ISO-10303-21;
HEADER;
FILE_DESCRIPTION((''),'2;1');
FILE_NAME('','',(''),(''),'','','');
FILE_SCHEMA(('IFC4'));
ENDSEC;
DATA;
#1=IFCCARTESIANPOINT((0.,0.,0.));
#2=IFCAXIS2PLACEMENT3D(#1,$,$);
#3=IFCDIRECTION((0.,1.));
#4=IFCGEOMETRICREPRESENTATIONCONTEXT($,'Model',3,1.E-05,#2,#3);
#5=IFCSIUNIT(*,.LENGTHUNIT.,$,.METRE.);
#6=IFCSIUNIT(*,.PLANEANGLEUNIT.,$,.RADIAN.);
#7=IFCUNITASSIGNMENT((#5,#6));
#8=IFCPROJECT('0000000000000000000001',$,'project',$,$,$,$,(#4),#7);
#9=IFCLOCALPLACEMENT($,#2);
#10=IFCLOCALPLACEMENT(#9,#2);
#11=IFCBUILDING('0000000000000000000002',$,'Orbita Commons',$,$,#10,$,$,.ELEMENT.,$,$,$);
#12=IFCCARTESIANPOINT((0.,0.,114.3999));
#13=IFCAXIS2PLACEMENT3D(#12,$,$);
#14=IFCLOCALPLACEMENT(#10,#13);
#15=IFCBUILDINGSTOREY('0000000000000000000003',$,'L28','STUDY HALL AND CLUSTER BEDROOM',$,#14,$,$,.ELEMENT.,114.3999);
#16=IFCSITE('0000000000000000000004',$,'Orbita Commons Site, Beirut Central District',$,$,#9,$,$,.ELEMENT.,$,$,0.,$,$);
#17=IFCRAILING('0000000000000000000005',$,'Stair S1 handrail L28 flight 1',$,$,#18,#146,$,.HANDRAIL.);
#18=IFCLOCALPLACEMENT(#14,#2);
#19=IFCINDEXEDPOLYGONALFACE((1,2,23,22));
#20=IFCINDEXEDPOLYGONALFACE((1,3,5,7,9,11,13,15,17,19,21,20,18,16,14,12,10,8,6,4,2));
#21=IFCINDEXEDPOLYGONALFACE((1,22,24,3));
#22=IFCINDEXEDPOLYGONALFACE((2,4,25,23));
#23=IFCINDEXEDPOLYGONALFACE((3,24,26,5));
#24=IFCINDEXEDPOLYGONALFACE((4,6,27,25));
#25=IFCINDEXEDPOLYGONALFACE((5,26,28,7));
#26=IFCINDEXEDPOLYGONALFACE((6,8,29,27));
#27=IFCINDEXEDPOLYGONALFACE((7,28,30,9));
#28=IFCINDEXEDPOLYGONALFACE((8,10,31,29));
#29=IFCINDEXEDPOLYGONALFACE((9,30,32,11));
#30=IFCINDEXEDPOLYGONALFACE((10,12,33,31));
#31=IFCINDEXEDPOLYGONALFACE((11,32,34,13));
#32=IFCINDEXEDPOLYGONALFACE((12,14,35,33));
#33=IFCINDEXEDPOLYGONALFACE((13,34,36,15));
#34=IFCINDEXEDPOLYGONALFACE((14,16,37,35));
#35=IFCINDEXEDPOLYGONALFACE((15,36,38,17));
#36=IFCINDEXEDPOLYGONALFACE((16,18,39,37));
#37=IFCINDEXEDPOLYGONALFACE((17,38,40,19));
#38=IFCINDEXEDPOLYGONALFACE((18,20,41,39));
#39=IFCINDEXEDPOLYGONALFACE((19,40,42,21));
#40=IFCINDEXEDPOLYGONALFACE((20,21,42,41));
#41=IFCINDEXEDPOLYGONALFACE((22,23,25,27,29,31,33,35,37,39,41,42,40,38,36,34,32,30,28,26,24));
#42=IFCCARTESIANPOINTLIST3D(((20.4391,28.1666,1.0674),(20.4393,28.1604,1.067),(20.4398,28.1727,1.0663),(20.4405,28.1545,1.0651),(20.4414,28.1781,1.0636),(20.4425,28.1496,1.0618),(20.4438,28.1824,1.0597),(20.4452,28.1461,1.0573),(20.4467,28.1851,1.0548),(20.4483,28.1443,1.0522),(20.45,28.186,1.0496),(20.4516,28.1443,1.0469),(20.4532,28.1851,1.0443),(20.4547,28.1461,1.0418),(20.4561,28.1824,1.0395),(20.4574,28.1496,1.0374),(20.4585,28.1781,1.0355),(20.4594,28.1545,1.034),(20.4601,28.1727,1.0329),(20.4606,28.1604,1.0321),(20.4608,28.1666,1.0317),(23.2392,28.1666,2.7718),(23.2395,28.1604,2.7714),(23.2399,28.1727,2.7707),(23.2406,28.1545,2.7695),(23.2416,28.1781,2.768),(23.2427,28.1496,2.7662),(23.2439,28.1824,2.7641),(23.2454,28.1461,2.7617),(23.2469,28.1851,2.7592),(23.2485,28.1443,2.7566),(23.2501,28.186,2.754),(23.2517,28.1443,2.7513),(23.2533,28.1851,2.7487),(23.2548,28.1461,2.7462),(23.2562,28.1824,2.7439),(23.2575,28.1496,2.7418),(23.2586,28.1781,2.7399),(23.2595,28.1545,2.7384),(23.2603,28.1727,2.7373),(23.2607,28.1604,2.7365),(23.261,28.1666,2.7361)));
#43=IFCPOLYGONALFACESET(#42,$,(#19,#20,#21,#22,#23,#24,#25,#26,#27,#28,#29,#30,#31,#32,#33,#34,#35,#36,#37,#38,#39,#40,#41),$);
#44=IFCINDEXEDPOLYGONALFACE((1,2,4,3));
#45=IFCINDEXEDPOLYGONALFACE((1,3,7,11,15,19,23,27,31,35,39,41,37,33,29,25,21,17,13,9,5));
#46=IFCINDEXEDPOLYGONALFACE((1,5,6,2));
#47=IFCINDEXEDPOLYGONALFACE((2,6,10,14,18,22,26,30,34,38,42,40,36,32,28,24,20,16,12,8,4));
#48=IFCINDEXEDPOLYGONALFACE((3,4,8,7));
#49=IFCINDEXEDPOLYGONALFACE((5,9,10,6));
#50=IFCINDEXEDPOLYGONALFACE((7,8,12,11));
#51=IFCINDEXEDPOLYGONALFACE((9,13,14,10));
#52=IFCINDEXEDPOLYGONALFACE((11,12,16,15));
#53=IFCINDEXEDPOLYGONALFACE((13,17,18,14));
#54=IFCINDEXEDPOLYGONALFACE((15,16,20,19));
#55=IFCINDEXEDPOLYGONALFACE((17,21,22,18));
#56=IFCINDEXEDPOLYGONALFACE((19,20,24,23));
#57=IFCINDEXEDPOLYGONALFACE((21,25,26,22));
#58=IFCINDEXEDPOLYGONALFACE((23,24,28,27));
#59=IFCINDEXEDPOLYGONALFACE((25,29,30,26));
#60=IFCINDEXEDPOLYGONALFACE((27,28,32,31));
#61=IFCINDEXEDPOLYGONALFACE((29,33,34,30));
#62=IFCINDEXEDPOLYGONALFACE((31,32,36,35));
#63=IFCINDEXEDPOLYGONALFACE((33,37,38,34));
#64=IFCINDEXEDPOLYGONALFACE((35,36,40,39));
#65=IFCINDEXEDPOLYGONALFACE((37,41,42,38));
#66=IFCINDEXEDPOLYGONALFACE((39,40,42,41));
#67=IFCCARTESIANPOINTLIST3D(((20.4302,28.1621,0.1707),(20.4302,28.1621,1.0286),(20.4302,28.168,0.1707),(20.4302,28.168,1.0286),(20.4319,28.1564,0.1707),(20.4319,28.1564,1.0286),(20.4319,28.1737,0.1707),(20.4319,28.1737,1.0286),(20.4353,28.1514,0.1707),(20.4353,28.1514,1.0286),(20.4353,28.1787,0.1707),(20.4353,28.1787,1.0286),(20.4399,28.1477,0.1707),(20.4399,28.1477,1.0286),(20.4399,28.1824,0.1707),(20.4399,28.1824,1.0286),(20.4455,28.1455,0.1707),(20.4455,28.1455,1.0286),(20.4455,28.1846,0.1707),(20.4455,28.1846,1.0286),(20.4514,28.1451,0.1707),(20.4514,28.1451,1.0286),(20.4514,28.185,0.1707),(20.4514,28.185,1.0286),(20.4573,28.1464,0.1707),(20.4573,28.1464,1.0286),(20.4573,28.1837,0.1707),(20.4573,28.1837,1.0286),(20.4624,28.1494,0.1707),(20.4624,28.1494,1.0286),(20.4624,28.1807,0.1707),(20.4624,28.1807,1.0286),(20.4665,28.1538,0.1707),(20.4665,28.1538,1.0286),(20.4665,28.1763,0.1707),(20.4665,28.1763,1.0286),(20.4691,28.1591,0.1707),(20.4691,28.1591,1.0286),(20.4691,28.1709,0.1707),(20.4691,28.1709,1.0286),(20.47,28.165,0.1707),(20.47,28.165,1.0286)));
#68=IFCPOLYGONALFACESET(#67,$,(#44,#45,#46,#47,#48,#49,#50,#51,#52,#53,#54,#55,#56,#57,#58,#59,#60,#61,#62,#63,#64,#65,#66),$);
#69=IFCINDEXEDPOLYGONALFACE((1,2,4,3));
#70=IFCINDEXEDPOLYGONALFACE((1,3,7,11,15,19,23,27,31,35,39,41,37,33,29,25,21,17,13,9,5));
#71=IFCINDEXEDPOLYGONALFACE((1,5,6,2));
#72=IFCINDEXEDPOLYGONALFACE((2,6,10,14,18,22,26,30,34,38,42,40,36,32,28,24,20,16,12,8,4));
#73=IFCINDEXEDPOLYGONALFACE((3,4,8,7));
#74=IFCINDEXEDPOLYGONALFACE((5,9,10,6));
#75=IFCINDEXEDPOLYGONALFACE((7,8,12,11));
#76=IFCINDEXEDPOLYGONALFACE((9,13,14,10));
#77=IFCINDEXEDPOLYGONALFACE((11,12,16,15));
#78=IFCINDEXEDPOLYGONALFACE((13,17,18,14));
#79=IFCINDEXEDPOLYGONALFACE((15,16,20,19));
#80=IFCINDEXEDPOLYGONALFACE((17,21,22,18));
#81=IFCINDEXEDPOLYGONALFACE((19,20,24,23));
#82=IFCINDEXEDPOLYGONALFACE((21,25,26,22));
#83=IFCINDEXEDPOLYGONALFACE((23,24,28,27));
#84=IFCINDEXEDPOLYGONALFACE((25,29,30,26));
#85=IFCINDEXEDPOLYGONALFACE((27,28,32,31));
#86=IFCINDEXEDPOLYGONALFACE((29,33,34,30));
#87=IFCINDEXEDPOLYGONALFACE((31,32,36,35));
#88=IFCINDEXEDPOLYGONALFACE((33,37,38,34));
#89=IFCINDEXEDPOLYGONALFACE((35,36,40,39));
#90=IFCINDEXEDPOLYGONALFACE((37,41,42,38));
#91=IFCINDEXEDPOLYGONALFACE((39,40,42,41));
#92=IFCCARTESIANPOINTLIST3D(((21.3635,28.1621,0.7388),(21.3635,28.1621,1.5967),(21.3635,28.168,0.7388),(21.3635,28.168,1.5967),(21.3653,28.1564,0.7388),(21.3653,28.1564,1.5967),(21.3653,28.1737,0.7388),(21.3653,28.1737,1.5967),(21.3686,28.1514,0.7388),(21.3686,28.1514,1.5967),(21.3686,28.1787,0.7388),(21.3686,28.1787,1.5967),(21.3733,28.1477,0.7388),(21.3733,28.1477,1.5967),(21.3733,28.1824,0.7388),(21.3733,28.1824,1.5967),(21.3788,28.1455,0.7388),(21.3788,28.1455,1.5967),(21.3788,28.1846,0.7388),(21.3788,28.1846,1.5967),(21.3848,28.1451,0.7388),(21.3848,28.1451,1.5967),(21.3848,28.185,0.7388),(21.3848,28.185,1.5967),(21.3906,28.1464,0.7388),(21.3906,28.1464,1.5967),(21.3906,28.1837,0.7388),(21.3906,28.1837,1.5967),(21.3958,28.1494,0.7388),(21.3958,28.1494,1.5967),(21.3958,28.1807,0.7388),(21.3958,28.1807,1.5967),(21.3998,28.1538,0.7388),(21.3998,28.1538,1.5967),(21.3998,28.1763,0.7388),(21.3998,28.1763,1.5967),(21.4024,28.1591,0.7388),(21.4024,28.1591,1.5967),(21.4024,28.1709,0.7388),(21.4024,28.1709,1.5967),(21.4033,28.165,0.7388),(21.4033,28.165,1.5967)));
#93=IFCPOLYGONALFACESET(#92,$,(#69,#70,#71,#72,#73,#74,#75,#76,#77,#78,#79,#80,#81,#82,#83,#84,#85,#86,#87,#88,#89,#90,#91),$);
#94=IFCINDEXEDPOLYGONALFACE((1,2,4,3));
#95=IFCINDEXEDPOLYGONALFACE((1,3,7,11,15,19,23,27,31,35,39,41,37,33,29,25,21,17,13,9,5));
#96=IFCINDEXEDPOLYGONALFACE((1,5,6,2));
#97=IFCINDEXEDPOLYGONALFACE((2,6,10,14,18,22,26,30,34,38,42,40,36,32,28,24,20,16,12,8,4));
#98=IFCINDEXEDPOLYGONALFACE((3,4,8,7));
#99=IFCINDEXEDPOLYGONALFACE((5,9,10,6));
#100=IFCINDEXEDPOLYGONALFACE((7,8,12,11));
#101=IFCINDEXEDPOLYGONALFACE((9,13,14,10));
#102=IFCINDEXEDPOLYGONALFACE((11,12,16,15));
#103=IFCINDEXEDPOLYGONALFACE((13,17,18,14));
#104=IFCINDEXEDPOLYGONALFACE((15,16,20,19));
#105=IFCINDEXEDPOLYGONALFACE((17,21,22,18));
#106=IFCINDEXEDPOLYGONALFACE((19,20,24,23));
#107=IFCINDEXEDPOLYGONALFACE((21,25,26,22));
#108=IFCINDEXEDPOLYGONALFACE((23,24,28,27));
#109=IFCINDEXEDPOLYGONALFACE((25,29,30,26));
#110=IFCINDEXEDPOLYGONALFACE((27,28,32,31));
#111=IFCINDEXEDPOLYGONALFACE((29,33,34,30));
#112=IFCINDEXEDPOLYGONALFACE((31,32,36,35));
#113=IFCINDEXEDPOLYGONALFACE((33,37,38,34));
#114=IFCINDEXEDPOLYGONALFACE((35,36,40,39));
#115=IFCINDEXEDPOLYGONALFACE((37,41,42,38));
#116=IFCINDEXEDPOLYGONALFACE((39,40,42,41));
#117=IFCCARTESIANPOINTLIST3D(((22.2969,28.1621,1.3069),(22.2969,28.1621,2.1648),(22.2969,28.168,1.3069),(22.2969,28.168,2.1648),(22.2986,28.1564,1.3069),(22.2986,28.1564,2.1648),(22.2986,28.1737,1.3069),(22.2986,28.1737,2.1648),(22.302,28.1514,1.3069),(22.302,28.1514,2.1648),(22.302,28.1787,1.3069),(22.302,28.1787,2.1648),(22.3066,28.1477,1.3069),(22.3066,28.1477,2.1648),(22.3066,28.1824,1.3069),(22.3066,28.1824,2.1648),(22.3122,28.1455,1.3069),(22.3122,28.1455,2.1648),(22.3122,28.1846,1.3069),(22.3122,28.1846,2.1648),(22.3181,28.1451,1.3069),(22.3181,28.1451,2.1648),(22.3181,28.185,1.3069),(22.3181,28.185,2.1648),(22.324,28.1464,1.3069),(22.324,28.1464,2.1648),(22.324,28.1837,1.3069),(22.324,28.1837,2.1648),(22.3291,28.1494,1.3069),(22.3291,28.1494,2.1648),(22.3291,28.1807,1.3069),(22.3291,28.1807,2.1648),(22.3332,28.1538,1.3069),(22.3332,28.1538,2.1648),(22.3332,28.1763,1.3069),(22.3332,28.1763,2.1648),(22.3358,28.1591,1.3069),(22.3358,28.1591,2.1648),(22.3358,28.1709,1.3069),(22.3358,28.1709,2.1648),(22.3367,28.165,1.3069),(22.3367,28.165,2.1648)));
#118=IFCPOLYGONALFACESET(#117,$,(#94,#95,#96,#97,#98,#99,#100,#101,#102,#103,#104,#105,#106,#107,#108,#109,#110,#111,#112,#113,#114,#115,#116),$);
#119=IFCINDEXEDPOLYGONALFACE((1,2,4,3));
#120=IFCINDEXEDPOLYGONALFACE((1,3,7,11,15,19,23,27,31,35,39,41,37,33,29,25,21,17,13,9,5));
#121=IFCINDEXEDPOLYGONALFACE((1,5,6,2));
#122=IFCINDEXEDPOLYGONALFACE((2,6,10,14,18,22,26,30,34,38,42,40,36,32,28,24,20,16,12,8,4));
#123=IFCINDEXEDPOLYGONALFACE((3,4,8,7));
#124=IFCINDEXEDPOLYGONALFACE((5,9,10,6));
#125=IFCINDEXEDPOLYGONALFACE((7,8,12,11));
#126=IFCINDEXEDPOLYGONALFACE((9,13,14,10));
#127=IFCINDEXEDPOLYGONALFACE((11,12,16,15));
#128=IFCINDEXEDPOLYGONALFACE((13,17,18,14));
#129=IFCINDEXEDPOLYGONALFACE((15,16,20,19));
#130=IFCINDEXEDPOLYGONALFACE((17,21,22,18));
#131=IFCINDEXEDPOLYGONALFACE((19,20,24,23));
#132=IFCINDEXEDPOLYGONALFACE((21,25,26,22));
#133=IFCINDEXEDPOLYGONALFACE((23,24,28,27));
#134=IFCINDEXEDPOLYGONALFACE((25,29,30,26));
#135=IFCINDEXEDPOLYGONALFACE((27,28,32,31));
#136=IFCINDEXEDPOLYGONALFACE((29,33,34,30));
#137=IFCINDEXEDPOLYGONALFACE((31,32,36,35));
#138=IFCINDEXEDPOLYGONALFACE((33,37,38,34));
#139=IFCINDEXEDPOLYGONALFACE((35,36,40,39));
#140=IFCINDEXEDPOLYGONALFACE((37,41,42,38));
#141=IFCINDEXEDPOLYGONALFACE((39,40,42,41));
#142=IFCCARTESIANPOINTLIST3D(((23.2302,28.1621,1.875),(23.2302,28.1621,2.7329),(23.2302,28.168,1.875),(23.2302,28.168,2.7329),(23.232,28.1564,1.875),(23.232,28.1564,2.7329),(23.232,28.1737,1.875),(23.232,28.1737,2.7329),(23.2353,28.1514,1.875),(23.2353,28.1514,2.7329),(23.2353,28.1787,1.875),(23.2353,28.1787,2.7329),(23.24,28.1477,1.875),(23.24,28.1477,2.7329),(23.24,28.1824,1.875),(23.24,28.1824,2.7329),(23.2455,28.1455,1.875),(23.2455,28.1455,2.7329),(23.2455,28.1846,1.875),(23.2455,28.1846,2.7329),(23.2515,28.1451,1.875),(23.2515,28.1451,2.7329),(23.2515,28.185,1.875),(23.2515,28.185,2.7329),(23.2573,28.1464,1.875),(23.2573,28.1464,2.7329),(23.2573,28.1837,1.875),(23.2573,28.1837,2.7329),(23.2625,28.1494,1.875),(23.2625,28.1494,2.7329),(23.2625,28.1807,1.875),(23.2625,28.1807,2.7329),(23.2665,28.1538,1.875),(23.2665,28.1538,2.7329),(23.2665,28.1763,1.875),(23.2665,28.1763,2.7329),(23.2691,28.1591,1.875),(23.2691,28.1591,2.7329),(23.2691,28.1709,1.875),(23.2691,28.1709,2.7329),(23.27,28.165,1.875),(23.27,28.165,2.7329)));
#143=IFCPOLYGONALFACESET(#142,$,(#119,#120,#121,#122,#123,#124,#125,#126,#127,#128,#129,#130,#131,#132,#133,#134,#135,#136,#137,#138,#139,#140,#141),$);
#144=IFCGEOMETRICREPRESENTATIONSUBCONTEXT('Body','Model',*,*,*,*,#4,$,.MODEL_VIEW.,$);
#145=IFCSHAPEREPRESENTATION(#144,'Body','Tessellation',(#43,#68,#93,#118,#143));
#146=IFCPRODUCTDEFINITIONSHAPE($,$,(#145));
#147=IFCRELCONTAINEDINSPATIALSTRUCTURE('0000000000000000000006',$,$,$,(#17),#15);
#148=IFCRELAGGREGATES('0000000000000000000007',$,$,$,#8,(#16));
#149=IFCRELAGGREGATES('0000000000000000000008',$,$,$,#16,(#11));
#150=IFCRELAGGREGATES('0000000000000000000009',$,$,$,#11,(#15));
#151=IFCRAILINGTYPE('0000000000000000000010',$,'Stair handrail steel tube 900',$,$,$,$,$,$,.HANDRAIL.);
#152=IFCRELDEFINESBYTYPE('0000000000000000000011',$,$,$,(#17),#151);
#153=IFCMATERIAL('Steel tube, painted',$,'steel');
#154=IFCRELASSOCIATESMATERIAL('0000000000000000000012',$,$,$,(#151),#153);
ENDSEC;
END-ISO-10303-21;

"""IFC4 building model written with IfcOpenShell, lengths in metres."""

from ifc_helpers import new_model, si_unit, direction, frame, origin, origin_2d, place, context, subcontext, project, spatial, circle, extrude, material, type_object, element, save


model = new_model("IFC4")

# Units and contexts
model_context = context("Model", 3, precision=1e-05, world=origin(), true_north=direction((0.0, 1.0)))
body_context = subcontext(model_context, "Body", "Model", "MODEL_VIEW")
ifc_project = project(units=[si_unit("LENGTHUNIT", "METRE"), si_unit("PLANEANGLEUNIT", "RADIAN")], contexts=[model_context])

# Site, building, storey
site_placement = place(None, origin())
site = spatial("IfcSite", under=ifc_project, at=site_placement, Name="Orbita Commons Site, Beirut Central District", CompositionType="ELEMENT", RefElevation=0.0)
building_placement = place(site_placement, origin())
building = spatial("IfcBuilding", under=site, at=building_placement, Name="Orbita Commons", CompositionType="ELEMENT")
storey_placement = place(building_placement, frame((0.0, 0.0, 114.3999)))
storey = spatial("IfcBuildingStorey", under=building, at=storey_placement, Name="L28", Description="STUDY HALL AND CLUSTER BEDROOM", CompositionType="ELEMENT", Elevation=114.3999)

# Railing
ifc_material_1 = material(Name="Steel tube, painted", Category="steel")
railing_type = type_object("IfcRailingType", Name="Stair handrail steel tube 900", PredefinedType="HANDRAIL", material=ifc_material_1)
for number, where, name in (
    (1, (20.45, 28.165, 0.1707), "Stair S1 handrail L28 flight 1"),
):
    element("IfcRailing", number, at=place(storey_placement, frame(where)), inside=storey, type_object=railing_type, Name=name, PredefinedType="HANDRAIL", context=body_context, shape_type="SweptSolid", body=[
        extrude(circle(Radius=0.021, at=origin_2d()), frame((0.0, 0.0, 0.8789), z_axis=(0.854203, 0.0, 0.51994), x_axis=(0.0, 1.0, 0.0)), (0.0, 0.0, 1.0), 3.2781),
        extrude(circle(Radius=0.02, at=origin_2d()), origin(), (0.0, 0.0, 1.0), 0.8579),
        extrude(circle(Radius=0.02, at=origin_2d()), frame((0.9333, 0.0, 0.5681)), (0.0, 0.0, 1.0), 0.8579),
        extrude(circle(Radius=0.02, at=origin_2d()), frame((1.8667, 0.0, 1.1362)), (0.0, 0.0, 1.0), 0.8579),
        extrude(circle(Radius=0.02, at=origin_2d()), frame((2.8, 0.0, 1.7043)), (0.0, 0.0, 1.0), 0.8579),
    ])

save(model, "model.ifc")
